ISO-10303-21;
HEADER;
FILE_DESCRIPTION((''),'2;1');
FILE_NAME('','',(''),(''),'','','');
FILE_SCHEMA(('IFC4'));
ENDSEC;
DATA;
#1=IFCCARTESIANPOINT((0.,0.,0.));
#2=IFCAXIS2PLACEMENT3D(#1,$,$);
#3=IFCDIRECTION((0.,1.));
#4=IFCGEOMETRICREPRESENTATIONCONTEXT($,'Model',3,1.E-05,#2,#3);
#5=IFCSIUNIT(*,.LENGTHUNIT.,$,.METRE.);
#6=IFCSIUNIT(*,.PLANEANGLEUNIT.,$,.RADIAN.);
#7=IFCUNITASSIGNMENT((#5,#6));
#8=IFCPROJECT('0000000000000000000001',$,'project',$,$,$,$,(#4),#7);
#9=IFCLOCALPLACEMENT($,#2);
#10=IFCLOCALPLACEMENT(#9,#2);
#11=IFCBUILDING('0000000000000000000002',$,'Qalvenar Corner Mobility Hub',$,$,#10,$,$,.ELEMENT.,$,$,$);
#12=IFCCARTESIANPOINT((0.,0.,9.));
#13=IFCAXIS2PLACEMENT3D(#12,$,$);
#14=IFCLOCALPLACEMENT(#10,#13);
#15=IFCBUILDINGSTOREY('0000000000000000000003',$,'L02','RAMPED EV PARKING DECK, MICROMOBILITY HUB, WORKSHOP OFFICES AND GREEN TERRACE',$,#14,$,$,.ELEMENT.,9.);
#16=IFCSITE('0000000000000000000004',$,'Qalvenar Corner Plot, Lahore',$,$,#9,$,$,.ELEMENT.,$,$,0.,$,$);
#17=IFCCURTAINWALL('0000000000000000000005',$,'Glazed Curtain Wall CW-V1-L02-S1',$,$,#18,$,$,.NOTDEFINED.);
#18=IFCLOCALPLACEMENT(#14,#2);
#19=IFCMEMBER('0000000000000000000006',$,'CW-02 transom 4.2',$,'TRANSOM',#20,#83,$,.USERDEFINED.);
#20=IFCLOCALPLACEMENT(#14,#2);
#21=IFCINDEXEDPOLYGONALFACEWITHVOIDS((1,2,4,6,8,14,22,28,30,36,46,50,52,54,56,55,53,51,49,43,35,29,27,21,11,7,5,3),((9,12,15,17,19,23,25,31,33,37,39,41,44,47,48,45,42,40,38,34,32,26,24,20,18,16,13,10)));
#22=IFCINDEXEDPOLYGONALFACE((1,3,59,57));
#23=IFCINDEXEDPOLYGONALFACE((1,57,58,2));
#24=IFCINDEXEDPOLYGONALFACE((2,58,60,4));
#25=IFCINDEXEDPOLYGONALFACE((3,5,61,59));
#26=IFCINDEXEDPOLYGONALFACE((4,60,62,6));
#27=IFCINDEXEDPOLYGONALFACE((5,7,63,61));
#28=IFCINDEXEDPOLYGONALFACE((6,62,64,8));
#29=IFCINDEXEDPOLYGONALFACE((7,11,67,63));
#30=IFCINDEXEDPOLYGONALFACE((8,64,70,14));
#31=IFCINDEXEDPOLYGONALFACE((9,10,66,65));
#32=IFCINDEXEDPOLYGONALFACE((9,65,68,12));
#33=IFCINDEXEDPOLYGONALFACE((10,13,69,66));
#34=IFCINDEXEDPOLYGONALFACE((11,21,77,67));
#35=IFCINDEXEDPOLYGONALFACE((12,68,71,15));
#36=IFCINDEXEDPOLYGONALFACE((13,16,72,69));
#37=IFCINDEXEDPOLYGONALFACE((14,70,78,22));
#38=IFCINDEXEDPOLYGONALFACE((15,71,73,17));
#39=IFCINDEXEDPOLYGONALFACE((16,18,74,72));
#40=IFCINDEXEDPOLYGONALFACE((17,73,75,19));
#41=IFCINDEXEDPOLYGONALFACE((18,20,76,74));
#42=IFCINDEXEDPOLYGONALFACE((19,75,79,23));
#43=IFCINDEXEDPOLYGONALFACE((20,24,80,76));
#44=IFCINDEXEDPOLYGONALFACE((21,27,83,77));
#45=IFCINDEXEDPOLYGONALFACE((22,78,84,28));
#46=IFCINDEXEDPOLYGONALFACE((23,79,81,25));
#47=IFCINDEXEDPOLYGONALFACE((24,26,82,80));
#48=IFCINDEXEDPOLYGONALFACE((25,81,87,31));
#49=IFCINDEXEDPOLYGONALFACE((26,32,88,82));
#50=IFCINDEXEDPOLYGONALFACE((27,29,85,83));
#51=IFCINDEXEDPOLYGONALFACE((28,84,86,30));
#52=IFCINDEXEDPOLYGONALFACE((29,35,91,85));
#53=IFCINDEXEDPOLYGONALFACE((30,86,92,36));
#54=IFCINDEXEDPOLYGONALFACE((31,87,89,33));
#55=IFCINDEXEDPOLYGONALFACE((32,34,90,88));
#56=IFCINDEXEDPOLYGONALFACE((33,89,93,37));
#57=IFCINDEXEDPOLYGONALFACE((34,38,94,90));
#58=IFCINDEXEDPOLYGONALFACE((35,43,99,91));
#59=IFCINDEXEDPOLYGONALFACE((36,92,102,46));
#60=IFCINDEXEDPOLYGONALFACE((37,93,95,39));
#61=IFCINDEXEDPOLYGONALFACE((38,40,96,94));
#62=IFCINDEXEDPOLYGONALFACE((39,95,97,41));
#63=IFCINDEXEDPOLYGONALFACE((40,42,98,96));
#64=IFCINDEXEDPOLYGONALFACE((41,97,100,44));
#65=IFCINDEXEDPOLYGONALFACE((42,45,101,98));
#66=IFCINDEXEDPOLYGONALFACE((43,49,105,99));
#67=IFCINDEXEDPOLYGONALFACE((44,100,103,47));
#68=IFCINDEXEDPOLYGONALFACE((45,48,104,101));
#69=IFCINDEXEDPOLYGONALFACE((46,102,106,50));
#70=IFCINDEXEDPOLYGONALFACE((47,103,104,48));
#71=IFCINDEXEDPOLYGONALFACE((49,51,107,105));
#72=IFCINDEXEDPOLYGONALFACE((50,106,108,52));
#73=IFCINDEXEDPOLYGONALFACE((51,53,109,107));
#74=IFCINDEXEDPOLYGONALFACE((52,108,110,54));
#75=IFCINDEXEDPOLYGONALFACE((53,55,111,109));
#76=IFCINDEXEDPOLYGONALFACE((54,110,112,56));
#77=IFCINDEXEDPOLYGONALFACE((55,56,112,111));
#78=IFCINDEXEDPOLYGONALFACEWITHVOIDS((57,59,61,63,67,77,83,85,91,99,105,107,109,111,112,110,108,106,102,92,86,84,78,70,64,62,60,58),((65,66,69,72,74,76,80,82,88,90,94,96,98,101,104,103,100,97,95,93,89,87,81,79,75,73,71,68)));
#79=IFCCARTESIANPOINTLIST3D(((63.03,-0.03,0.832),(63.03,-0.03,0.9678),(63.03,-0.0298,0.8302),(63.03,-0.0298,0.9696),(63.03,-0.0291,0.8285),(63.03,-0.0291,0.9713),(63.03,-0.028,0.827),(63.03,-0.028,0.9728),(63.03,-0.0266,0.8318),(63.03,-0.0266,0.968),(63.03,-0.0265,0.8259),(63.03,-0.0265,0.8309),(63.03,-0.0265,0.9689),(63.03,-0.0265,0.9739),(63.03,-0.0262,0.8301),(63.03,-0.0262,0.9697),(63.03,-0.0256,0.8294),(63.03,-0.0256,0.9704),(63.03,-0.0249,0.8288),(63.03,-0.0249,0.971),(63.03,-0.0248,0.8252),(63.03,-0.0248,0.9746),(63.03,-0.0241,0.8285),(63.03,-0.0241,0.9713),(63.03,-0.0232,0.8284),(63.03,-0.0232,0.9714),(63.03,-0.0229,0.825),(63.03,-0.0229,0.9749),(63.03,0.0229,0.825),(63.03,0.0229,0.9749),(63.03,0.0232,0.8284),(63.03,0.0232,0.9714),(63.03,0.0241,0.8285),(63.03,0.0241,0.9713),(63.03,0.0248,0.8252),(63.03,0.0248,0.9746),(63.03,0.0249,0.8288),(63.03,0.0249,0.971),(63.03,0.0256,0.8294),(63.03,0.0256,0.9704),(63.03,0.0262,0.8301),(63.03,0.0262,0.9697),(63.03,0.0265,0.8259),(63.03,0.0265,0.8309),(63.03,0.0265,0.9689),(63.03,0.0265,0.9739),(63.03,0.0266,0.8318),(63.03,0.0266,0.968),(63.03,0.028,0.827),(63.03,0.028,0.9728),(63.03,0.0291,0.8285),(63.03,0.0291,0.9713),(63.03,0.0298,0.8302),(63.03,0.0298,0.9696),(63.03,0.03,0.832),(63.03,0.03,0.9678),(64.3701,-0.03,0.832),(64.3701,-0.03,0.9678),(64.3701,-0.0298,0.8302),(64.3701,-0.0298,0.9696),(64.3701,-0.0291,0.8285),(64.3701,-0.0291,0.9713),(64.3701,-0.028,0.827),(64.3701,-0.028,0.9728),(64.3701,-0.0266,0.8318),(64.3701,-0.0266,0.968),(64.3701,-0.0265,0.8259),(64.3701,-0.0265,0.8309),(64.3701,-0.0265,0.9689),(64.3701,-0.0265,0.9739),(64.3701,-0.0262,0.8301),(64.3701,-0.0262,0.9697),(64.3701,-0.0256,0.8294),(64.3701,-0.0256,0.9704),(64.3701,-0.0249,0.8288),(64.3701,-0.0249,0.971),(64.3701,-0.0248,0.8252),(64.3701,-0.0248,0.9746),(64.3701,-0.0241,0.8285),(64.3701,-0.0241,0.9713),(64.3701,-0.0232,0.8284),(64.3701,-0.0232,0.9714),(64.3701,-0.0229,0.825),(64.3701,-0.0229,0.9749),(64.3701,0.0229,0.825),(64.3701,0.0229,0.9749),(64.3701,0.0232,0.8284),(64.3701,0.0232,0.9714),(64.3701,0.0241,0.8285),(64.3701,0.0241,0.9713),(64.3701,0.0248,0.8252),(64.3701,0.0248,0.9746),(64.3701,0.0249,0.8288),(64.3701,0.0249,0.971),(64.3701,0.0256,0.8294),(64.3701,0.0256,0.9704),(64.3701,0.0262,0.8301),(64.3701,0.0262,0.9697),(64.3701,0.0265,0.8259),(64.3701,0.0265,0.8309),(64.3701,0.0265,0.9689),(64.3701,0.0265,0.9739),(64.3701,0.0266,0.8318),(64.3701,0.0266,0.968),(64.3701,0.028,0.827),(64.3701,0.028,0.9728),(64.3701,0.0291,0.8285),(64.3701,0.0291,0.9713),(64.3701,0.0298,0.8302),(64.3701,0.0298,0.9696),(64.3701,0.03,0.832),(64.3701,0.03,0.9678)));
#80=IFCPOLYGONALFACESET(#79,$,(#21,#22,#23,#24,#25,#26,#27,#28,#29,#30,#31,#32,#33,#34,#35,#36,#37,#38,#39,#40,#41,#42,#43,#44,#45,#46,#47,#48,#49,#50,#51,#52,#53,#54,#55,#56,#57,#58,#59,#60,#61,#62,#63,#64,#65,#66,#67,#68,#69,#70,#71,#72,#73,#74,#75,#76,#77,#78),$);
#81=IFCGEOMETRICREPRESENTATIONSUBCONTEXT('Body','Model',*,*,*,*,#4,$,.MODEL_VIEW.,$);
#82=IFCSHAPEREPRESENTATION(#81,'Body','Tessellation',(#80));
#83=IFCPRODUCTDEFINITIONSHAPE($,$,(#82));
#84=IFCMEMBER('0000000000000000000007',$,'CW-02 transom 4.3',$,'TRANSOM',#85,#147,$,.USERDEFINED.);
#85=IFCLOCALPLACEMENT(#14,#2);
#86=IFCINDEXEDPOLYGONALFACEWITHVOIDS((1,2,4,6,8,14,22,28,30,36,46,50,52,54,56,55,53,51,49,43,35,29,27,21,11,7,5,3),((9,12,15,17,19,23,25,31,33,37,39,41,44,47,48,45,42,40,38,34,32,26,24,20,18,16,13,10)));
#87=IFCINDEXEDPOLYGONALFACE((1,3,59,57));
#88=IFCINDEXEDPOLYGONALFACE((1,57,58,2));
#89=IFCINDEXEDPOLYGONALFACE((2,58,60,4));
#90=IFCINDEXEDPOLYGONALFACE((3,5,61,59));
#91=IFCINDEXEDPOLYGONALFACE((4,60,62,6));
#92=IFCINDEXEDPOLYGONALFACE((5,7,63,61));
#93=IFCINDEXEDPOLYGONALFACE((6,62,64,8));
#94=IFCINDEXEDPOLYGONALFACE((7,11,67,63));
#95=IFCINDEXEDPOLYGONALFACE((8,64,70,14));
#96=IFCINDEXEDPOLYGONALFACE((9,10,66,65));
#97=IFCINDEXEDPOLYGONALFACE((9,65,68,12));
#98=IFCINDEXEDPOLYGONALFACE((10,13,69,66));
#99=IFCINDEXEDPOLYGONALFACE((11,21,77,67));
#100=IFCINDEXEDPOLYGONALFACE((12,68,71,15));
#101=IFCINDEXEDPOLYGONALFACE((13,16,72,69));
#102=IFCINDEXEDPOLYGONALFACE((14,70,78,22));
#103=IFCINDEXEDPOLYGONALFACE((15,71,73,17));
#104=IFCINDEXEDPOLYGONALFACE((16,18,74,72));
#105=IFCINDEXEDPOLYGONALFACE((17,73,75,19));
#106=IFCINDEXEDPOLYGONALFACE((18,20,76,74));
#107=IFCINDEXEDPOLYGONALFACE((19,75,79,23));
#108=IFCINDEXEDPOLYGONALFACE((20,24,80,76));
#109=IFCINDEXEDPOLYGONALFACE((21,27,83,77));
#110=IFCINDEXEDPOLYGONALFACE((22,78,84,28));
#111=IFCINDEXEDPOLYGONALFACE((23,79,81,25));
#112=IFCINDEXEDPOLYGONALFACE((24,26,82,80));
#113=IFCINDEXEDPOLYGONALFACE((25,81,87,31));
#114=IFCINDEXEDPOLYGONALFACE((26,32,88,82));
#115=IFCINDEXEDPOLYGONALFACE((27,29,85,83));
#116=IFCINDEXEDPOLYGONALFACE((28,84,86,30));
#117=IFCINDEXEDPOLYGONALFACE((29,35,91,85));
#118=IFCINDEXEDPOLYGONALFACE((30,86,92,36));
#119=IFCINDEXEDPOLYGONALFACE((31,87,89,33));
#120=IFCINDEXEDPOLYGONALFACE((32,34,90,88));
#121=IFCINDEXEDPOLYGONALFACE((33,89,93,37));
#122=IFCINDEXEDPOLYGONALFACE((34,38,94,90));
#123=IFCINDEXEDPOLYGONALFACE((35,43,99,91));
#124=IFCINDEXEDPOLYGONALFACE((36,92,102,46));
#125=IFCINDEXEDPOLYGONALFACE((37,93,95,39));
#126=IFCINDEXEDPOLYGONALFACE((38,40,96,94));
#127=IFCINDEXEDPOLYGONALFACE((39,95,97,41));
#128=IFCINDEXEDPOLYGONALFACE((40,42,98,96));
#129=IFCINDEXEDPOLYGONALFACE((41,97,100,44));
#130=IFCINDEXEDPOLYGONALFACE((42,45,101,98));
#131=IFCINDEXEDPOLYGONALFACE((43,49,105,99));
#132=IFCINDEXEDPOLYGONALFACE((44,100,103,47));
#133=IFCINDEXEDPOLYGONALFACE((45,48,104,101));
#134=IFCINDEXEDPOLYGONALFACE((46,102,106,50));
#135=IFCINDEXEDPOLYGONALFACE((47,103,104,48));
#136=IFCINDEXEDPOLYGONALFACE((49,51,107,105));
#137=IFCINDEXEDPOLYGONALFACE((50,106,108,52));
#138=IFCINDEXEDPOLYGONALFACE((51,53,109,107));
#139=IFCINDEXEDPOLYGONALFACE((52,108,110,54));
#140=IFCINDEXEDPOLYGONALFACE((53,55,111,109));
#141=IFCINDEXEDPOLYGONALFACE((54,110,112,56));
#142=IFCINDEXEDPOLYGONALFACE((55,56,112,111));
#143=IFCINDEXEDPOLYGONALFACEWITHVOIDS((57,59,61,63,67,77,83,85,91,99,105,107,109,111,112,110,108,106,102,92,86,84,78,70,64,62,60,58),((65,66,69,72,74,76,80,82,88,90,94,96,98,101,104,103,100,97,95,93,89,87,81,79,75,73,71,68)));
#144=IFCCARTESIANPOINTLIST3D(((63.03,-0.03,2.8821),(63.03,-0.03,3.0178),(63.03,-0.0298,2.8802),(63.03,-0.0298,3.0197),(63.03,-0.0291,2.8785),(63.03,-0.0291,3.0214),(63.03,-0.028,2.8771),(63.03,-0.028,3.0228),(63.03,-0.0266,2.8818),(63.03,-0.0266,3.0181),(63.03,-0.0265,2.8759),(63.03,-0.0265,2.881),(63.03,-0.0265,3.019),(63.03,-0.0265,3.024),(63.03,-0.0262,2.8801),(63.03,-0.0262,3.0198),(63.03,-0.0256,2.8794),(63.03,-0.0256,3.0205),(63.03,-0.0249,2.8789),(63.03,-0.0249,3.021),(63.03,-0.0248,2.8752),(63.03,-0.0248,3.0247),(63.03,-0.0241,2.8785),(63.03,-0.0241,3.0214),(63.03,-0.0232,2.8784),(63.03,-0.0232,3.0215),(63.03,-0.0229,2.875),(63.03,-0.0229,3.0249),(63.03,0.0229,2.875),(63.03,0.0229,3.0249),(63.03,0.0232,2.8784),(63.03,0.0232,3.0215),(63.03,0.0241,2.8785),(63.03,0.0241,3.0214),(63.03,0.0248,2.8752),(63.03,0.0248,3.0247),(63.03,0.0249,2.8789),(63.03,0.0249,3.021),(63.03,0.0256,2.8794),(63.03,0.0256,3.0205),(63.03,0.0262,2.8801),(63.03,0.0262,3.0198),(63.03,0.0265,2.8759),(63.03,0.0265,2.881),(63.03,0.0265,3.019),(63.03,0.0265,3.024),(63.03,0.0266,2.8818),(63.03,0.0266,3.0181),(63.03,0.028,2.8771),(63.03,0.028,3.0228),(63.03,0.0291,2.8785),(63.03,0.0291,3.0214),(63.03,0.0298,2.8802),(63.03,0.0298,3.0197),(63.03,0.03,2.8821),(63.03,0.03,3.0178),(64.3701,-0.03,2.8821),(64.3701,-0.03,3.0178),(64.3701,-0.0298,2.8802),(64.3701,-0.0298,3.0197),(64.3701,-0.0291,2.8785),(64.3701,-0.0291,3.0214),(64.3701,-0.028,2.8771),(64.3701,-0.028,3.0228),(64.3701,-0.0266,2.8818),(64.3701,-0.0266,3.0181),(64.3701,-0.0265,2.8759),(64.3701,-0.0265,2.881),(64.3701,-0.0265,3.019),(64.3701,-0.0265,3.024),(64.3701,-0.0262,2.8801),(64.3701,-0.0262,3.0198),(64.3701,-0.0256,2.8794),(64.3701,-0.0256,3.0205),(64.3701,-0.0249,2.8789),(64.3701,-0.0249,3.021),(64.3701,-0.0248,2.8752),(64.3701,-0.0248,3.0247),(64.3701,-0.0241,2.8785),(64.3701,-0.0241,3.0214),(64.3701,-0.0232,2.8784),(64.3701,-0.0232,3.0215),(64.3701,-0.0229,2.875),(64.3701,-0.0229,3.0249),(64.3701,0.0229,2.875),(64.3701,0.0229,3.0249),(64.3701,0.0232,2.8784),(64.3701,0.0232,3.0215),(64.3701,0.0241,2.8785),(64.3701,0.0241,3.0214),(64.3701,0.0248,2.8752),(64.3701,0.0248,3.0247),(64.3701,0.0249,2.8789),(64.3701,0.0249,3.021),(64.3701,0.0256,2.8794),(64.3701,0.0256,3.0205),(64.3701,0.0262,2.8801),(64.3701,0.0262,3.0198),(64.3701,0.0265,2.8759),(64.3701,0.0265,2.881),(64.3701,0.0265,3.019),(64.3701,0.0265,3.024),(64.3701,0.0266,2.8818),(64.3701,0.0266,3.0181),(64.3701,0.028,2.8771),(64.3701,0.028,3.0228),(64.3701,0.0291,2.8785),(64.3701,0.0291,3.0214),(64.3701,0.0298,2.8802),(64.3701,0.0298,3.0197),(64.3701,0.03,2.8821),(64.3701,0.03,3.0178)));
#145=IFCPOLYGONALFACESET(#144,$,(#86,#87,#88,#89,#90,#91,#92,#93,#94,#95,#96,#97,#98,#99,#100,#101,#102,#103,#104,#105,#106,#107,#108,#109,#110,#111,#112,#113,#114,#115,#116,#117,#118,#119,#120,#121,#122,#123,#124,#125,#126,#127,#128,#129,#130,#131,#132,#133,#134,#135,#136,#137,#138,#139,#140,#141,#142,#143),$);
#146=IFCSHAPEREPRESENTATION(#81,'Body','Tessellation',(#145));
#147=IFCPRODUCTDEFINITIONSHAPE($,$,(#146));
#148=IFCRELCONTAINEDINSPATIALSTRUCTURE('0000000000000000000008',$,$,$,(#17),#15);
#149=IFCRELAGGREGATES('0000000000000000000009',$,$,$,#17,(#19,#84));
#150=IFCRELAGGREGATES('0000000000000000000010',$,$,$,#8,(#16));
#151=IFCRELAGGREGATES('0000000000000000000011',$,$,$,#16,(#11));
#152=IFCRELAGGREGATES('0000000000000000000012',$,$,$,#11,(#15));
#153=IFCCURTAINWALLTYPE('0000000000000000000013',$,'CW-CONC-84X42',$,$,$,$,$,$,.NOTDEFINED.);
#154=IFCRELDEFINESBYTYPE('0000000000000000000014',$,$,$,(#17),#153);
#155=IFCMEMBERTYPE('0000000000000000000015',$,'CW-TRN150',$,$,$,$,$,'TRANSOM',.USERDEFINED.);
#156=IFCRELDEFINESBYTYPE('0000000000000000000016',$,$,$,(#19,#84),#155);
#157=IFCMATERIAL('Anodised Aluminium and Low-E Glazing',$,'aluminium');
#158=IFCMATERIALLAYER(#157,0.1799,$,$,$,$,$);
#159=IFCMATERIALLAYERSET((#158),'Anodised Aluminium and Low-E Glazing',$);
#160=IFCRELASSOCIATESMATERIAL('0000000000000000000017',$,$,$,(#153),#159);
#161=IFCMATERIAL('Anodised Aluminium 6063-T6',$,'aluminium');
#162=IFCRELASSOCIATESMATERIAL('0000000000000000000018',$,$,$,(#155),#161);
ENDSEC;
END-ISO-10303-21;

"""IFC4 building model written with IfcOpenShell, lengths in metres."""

from ifc_helpers import new_model, si_unit, direction, frame, origin, origin_2d, place, context, subcontext, project, spatial, hollow_rectangle, extrude, material, layer, layer_set, material_profile, profile_set, type_object, element, aggregate, save


model = new_model("IFC4")

# Units and contexts
model_context = context("Model", 3, precision=1e-05, world=origin(), true_north=direction((0.0, 1.0)))
body_context = subcontext(model_context, "Body", "Model", "MODEL_VIEW")
ifc_project = project(units=[si_unit("LENGTHUNIT", "METRE"), si_unit("PLANEANGLEUNIT", "RADIAN")], contexts=[model_context])

# Site, building, storey
site_placement = place(None, origin())
site = spatial("IfcSite", under=ifc_project, at=site_placement, Name="Qalvenar Corner Plot, Lahore", CompositionType="ELEMENT", RefElevation=0.0)
building_placement = place(site_placement, origin())
building = spatial("IfcBuilding", under=site, at=building_placement, Name="Qalvenar Corner Mobility Hub", CompositionType="ELEMENT")
storey_placement = place(building_placement, frame((0.0, 0.0, 9.0)))
storey = spatial("IfcBuildingStorey", under=building, at=storey_placement, Name="L02", Description="RAMPED EV PARKING DECK, MICROMOBILITY HUB, WORKSHOP OFFICES AND GREEN TERRACE", CompositionType="ELEMENT", Elevation=9.0)

# Curtain wall, members
ifc_material_1 = material(Name="Anodised Aluminium and Low-E Glazing", Category="aluminium")
ifc_layer_1 = layer(ifc_material_1, 0.1799)
ifc_layer_set_1 = layer_set([ifc_layer_1], Name="Anodised Aluminium and Low-E Glazing")
curtain_wall_type = type_object("IfcCurtainWallType", Name="CW-CONC-84X42", PredefinedType="NOTDEFINED", material=ifc_layer_set_1)
curtain_wall_placement = place(storey_placement, origin())
curtain_wall = element("IfcCurtainWall", 1, at=curtain_wall_placement, inside=storey, type_object=curtain_wall_type, Name="Glazed Curtain Wall CW-V1-L02-S1", PredefinedType="NOTDEFINED")
ifc_material_2 = material(Name="Anodised Aluminium 6063-T6", Category="aluminium")
ifc_material_profile_1 = material_profile(ifc_material_2, hollow_rectangle(XDim=0.0601, YDim=0.1499, WallThickness=0.0034, InnerFilletRadius=0.0034, OuterFilletRadius=0.0071, at=origin_2d()), Name="RHS150x60x3.5")
ifc_profile_set_1 = profile_set([ifc_material_profile_1], Name="Anodised Aluminium 6063-T6")
member_type_1 = type_object("IfcMemberType", Name="CW-TRN150", ElementType="TRANSOM", PredefinedType="USERDEFINED", material=ifc_profile_set_1)
member_1_placement = place(storey_placement, frame((63.03, 0.0, 0.8999), z_axis=(1.0, 0.0, 0.0), x_axis=(0.0, 1.0, 0.0)))
member_1 = element("IfcMember", 2, at=member_1_placement, type_object=member_type_1, Name="CW-02 transom 4.2", ObjectType="TRANSOM", PredefinedType="USERDEFINED", context=body_context, shape_type="SweptSolid", body=[
    extrude(hollow_rectangle(XDim=0.0601, YDim=0.1499, WallThickness=0.0034, InnerFilletRadius=0.0034, OuterFilletRadius=0.0071, at=origin_2d()), origin(), (0.0, 0.0, 1.0), 1.3401),
])
member_2_placement = place(storey_placement, frame((63.03, 0.0, 2.95), z_axis=(1.0, 0.0, 0.0), x_axis=(0.0, 1.0, 0.0)))
member_2 = element("IfcMember", 3, at=member_2_placement, type_object=member_type_1, Name="CW-02 transom 4.3", ObjectType="TRANSOM", PredefinedType="USERDEFINED", context=body_context, shape_type="SweptSolid", body=[
    extrude(hollow_rectangle(XDim=0.0601, YDim=0.1499, WallThickness=0.0034, InnerFilletRadius=0.0034, OuterFilletRadius=0.0071, at=origin_2d()), origin(), (0.0, 0.0, 1.0), 1.3401),
])

aggregate(curtain_wall, [member_1, member_2])

save(model, "model.ifc")
